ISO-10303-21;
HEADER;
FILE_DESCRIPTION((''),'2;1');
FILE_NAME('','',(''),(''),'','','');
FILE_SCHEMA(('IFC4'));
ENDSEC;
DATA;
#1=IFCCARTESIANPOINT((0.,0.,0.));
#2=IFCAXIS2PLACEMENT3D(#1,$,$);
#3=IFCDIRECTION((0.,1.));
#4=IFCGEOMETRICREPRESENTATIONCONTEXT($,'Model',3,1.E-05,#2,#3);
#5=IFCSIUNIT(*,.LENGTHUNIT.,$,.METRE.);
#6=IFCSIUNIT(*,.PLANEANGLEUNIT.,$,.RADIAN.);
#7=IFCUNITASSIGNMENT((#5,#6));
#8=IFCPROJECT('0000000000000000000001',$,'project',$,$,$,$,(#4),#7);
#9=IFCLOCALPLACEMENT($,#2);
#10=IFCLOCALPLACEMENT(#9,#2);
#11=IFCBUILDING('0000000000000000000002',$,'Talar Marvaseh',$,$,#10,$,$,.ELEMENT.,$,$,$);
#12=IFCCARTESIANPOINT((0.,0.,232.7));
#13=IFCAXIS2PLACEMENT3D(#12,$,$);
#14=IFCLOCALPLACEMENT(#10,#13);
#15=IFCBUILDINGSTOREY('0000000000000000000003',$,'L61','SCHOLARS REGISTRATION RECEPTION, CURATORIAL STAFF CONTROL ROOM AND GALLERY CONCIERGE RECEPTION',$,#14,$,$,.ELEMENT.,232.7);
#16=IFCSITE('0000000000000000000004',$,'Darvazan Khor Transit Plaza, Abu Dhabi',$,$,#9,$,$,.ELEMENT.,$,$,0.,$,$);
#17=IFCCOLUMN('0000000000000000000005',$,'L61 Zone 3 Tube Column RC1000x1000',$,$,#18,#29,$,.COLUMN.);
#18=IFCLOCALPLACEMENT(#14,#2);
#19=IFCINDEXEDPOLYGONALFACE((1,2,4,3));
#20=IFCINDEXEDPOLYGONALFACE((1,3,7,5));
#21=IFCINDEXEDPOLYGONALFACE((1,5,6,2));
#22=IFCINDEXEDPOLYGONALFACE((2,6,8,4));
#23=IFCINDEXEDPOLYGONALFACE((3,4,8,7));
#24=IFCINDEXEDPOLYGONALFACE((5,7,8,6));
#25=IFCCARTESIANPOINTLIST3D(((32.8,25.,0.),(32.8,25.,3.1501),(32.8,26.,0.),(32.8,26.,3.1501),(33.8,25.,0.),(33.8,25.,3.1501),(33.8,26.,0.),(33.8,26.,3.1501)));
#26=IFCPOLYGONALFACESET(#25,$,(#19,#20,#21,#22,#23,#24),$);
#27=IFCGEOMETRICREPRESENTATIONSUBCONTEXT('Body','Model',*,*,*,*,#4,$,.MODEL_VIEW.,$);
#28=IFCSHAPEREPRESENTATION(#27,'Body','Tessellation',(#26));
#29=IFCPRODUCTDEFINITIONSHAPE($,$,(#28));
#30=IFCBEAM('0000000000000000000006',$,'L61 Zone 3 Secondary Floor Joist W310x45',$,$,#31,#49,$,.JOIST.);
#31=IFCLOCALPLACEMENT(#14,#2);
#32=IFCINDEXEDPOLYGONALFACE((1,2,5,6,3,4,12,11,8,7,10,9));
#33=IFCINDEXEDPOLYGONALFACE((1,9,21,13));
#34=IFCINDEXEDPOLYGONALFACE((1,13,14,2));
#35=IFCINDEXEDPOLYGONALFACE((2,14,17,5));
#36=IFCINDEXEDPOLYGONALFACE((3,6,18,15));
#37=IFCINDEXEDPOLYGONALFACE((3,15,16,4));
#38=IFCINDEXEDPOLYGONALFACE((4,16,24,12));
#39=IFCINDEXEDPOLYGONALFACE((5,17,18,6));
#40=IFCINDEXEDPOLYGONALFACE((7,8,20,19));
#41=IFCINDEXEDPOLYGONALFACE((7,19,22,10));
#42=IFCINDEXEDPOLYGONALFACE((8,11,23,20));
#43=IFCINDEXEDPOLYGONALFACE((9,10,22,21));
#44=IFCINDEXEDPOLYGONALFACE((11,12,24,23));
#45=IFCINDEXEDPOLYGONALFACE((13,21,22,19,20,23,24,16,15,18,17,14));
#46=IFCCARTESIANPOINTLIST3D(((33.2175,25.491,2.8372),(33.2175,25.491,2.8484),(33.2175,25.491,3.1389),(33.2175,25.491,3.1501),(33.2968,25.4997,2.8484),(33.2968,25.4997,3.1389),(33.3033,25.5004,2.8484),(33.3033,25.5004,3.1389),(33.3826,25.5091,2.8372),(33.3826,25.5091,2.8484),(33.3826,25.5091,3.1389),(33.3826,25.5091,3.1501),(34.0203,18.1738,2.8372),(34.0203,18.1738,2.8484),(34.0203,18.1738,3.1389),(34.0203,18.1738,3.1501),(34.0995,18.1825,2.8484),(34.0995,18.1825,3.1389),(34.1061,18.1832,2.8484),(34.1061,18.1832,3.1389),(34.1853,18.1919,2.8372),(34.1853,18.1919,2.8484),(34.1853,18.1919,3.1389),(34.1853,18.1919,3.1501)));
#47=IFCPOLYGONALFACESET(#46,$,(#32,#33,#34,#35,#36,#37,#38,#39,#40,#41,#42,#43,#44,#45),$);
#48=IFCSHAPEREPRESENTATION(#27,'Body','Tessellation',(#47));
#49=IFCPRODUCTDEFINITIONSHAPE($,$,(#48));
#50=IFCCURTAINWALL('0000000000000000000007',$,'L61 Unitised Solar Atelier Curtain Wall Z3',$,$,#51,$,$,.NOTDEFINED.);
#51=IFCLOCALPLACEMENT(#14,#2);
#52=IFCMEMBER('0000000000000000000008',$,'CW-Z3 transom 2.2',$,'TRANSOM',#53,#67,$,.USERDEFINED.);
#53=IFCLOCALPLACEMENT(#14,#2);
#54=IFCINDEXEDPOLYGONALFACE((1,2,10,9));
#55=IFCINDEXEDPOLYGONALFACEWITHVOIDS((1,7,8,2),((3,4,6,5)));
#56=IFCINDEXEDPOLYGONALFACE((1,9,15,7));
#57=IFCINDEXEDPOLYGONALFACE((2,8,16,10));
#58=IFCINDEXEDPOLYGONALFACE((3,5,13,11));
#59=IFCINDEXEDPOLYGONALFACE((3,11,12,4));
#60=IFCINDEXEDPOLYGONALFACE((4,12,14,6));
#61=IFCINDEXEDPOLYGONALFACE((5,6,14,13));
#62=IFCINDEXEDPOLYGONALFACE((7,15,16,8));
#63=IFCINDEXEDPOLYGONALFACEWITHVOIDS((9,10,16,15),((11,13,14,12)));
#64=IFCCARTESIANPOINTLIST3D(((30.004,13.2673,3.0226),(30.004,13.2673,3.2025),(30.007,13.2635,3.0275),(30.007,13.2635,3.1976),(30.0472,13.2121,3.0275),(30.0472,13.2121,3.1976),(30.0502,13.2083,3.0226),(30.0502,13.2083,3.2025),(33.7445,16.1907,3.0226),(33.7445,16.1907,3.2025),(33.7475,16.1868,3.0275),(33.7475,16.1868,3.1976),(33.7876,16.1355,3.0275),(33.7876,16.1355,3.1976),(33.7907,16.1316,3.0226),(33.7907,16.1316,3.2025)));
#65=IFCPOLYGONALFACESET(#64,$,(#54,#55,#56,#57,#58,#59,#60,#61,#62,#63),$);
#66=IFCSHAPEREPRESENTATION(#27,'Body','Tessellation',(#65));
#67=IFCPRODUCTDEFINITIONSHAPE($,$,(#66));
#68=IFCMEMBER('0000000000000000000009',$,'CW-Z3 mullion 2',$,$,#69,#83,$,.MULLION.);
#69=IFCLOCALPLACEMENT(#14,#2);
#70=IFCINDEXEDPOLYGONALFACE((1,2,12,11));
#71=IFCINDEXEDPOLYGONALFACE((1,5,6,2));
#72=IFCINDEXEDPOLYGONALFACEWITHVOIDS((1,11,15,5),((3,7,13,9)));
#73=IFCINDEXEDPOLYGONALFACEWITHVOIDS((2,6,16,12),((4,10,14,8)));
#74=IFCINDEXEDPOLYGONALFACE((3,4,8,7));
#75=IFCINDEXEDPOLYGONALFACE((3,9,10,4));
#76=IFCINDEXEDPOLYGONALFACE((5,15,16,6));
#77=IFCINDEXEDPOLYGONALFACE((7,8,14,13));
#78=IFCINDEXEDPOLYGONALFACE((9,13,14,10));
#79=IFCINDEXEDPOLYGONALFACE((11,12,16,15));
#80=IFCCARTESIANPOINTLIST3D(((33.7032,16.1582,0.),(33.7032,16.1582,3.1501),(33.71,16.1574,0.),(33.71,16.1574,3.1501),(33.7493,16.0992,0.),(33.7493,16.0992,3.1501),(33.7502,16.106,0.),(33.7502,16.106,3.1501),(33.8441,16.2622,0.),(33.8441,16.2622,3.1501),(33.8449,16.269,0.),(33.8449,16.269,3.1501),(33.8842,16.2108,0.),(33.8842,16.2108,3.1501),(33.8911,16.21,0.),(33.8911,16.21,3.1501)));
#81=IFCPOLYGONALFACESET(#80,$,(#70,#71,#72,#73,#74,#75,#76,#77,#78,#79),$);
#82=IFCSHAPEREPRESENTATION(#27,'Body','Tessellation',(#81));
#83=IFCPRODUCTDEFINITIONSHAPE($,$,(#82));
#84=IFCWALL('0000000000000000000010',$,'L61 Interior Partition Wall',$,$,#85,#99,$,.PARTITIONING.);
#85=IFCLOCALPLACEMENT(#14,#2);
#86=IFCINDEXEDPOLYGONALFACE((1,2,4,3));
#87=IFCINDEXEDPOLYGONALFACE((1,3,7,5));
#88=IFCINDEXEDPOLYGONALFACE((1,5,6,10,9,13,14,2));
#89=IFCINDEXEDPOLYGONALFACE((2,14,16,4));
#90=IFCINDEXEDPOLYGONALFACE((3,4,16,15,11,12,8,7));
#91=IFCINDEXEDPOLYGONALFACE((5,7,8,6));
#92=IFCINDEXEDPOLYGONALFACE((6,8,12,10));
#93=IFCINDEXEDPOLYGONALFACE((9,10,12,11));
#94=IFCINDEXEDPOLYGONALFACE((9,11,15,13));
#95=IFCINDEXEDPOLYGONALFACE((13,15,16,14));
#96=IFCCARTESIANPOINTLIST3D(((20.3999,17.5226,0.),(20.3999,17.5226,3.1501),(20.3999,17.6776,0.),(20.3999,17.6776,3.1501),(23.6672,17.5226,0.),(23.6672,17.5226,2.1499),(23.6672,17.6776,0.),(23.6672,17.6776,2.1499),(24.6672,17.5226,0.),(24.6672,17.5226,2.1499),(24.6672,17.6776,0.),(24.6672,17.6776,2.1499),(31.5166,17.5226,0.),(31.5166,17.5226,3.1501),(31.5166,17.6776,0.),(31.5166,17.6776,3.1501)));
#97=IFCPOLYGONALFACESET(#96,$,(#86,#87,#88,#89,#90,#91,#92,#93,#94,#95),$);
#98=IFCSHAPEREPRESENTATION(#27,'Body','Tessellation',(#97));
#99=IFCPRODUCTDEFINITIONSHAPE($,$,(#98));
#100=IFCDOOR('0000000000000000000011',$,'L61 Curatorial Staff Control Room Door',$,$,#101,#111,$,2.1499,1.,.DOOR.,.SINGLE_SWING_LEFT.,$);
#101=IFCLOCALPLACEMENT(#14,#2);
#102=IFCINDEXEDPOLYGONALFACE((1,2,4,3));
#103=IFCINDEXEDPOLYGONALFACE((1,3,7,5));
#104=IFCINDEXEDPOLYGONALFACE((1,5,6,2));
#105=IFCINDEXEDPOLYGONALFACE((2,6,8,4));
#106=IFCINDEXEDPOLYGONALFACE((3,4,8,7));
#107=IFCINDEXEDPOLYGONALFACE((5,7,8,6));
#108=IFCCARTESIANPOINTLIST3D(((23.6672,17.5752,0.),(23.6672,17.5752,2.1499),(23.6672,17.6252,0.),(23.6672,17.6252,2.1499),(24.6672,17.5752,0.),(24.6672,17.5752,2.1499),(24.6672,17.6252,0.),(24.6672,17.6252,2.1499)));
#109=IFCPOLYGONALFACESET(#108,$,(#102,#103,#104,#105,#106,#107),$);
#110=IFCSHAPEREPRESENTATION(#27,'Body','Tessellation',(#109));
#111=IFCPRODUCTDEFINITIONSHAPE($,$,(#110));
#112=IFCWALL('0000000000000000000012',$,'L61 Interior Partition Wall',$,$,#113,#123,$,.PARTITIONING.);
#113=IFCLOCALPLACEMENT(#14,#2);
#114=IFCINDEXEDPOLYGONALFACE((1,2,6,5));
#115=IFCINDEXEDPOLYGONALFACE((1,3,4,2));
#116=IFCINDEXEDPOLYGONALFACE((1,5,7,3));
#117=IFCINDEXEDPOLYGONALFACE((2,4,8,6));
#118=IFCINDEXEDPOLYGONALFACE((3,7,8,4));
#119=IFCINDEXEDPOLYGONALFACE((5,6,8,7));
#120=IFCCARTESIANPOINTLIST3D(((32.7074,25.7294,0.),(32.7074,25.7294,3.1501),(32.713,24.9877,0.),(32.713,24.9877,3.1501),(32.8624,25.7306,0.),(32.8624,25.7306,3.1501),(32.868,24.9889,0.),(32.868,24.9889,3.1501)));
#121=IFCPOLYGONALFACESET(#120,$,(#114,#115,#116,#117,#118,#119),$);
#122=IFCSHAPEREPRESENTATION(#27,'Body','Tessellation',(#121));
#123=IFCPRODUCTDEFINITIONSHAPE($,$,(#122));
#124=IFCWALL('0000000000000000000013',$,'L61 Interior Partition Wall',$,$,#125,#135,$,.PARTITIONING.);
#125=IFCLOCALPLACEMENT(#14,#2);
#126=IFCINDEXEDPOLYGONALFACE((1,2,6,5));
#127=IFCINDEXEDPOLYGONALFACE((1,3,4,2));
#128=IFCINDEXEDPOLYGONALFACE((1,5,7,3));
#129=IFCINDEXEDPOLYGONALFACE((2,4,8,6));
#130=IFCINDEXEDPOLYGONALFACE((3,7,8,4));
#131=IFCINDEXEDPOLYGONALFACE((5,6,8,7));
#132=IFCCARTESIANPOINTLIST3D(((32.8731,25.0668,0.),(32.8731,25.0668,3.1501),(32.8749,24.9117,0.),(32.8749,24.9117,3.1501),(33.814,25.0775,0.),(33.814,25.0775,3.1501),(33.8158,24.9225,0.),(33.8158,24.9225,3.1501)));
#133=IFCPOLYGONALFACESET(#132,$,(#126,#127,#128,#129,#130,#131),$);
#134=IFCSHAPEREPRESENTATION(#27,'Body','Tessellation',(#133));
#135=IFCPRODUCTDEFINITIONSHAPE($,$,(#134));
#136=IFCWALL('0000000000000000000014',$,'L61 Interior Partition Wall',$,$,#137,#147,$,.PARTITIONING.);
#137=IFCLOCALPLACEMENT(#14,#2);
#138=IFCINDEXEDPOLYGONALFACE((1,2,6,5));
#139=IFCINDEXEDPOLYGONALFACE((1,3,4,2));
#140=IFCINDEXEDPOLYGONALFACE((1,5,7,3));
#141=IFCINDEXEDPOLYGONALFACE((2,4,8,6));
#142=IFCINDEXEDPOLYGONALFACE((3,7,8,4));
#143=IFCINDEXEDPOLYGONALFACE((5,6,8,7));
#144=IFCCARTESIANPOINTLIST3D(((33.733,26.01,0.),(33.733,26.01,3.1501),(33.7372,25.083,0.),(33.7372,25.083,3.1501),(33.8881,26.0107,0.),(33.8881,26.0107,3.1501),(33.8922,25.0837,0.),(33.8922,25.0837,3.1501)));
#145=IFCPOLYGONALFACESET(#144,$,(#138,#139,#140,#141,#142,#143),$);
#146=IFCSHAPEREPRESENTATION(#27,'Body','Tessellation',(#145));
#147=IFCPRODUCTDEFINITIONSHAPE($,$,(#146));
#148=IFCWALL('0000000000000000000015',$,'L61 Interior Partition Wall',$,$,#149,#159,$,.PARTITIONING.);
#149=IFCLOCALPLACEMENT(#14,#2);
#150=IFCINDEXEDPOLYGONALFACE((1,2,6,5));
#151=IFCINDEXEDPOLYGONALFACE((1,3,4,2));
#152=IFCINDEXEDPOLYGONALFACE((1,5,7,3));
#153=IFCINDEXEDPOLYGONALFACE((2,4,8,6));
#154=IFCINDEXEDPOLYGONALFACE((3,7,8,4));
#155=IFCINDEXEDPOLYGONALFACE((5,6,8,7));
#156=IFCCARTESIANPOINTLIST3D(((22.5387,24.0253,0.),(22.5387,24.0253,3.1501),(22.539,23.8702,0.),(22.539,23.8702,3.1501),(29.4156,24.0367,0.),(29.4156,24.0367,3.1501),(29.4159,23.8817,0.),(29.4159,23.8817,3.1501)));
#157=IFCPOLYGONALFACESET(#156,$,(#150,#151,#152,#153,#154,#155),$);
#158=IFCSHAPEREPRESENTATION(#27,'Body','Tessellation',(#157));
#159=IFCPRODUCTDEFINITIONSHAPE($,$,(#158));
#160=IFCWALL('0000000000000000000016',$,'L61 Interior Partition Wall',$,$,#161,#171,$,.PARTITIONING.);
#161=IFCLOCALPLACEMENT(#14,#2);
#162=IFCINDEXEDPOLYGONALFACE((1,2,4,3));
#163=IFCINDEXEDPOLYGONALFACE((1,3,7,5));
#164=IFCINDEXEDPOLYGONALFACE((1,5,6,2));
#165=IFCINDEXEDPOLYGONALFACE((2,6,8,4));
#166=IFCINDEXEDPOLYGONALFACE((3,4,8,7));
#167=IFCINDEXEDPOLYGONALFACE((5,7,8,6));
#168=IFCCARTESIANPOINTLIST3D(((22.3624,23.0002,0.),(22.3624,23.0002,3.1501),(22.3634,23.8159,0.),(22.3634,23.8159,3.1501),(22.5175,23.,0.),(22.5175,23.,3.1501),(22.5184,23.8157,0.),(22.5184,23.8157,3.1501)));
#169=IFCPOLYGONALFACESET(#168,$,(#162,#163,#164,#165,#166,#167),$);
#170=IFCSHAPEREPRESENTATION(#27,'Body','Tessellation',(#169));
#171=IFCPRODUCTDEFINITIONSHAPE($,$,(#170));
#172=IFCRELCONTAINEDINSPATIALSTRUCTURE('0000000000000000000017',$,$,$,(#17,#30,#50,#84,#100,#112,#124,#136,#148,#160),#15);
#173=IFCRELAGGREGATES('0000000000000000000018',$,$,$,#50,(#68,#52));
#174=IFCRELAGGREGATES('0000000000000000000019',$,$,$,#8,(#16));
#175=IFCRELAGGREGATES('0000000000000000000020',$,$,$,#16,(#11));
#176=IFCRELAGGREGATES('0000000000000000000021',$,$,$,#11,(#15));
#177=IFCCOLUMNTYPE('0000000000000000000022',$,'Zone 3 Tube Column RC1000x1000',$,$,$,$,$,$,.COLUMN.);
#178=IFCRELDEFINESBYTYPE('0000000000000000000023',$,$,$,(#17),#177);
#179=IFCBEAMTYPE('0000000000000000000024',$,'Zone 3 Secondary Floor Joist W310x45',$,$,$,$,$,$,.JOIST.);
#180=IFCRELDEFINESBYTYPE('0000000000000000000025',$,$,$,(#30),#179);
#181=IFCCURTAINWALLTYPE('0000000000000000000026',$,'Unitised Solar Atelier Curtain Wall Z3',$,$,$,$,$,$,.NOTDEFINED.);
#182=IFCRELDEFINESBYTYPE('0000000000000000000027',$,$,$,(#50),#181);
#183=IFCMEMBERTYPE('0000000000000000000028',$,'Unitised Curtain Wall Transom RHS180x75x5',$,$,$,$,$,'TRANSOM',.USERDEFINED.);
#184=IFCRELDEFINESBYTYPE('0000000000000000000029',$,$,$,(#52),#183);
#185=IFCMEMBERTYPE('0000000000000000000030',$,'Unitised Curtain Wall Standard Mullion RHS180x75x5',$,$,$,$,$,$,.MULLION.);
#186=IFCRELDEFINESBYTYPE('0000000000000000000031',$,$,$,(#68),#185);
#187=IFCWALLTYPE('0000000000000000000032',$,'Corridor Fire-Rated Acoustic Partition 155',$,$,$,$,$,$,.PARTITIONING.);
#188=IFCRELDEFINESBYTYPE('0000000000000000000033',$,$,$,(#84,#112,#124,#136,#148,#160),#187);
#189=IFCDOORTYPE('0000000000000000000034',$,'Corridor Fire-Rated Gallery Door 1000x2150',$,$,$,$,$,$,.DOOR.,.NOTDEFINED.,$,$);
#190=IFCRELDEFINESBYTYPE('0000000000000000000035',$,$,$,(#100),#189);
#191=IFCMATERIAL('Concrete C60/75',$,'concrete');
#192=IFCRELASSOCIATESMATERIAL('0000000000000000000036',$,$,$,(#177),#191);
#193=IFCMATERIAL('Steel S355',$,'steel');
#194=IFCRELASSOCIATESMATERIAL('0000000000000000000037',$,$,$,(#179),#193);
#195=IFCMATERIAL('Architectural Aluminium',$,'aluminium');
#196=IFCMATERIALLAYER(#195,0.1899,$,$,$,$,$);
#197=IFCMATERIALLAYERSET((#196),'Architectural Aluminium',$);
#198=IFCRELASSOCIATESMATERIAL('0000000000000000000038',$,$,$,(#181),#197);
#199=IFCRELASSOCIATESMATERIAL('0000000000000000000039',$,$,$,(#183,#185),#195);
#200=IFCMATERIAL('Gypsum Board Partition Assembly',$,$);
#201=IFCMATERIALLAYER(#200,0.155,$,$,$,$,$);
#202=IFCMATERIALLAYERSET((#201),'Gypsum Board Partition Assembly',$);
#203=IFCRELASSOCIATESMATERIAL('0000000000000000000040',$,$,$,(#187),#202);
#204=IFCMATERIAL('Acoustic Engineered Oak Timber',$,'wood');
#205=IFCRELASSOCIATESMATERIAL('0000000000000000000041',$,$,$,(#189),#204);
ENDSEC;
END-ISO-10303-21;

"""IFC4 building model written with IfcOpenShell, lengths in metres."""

from ifc_helpers import new_model, si_unit, direction, frame, frame_2d, origin, origin_2d, place, context, subcontext, project, spatial, rectangle, hollow_rectangle, i_section, extrude, source, transform, mapped, material, layer, layer_set, material_profile, profile_set, type_object, type_shapes, element, fill, aggregate, save


model = new_model("IFC4")

# Units and contexts
model_context = context("Model", 3, precision=1e-05, world=origin(), true_north=direction((0.0, 1.0)))
body_context = subcontext(model_context, "Body", "Model", "MODEL_VIEW")
ifc_project = project(units=[si_unit("LENGTHUNIT", "METRE"), si_unit("PLANEANGLEUNIT", "RADIAN")], contexts=[model_context])

# Site, building, storey
site_placement = place(None, origin())
site = spatial("IfcSite", under=ifc_project, at=site_placement, Name="Darvazan Khor Transit Plaza, Abu Dhabi", CompositionType="ELEMENT", RefElevation=0.0)
building_placement = place(site_placement, origin())
building = spatial("IfcBuilding", under=site, at=building_placement, Name="Talar Marvaseh", CompositionType="ELEMENT")
storey_placement = place(building_placement, frame((0.0, 0.0, 232.7)))
storey = spatial("IfcBuildingStorey", under=building, at=storey_placement, Name="L61", Description="SCHOLARS REGISTRATION RECEPTION, CURATORIAL STAFF CONTROL ROOM AND GALLERY CONCIERGE RECEPTION", CompositionType="ELEMENT", Elevation=232.7)

# Column
ifc_material_1 = material(Name="Concrete C60/75", Category="concrete")
ifc_material_profile_1 = material_profile(ifc_material_1, rectangle(XDim=1.0, YDim=1.0, at=origin_2d()), Name="RC1000x1000")
ifc_profile_set_1 = profile_set([ifc_material_profile_1], Name="Concrete C60/75")
column_type = type_object("IfcColumnType", Name="Zone 3 Tube Column RC1000x1000", PredefinedType="COLUMN", material=ifc_profile_set_1)
column_placement = place(storey_placement, frame((33.3, 25.5, 0.0), z_axis=(0.0, 0.0, 1.0), x_axis=(1.0, 0.0, 0.0)))
element("IfcColumn", 1, at=column_placement, inside=storey, type_object=column_type, Name="L61 Zone 3 Tube Column RC1000x1000", PredefinedType="COLUMN", context=body_context, shape_type="SweptSolid", body=[
    extrude(rectangle(XDim=1.0, YDim=1.0, at=origin_2d()), origin(), (0.0, 0.0, 1.0), 3.1501),
])

# Beam
ifc_material_2 = material(Name="Steel S355", Category="steel")
ifc_material_profile_2 = material_profile(ifc_material_2, i_section(OverallWidth=0.166, OverallDepth=0.313, WebThickness=0.0066, FlangeThickness=0.0112, at=origin_2d()), Name="W310x45")
ifc_profile_set_2 = profile_set([ifc_material_profile_2], Name="Steel S355")
beam_type = type_object("IfcBeamType", Name="Zone 3 Secondary Floor Joist W310x45", PredefinedType="JOIST", material=ifc_profile_set_2)
beam_placement = place(storey_placement, frame((34.1028, 18.1829, 2.9937), z_axis=(-0.109052, 0.994036, 0.0), x_axis=(-0.994036, -0.109052, 0.0)))
element("IfcBeam", 2, at=beam_placement, inside=storey, type_object=beam_type, Name="L61 Zone 3 Secondary Floor Joist W310x45", PredefinedType="JOIST", context=body_context, shape_type="SweptSolid", body=[
    extrude(i_section(OverallWidth=0.166, OverallDepth=0.313, WebThickness=0.0066, FlangeThickness=0.0112, at=origin_2d()), origin(), (0.0, 0.0, 1.0), 7.3611),
])

# Curtain wall, members
ifc_material_3 = material(Name="Architectural Aluminium", Category="aluminium")
ifc_layer_1 = layer(ifc_material_3, 0.1899)
ifc_layer_set_1 = layer_set([ifc_layer_1], Name="Architectural Aluminium")
curtain_wall_type = type_object("IfcCurtainWallType", Name="Unitised Solar Atelier Curtain Wall Z3", PredefinedType="NOTDEFINED", material=ifc_layer_set_1)
curtain_wall_placement = place(storey_placement, origin())
curtain_wall = element("IfcCurtainWall", 3, at=curtain_wall_placement, inside=storey, type_object=curtain_wall_type, Name="L61 Unitised Solar Atelier Curtain Wall Z3", PredefinedType="NOTDEFINED")
ifc_material_profile_3 = material_profile(ifc_material_3, hollow_rectangle(XDim=0.075, YDim=0.1799, WallThickness=0.0049, at=origin_2d()), Name="RHS180x75x5")
ifc_profile_set_3 = profile_set([ifc_material_profile_3], Name="Architectural Aluminium")
member_type_1 = type_object("IfcMemberType", Name="Unitised Curtain Wall Transom RHS180x75x5", ElementType="TRANSOM", PredefinedType="USERDEFINED", material=ifc_profile_set_3)
shared_shape_1 = source(origin(), body_context, "Body", "SweptSolid", [
    extrude(hollow_rectangle(XDim=0.075, YDim=0.1799, WallThickness=0.0049, at=origin_2d()), origin(), (0.0, 0.0, 1.0), 4.7473),
])
type_shapes(member_type_1, [shared_shape_1])
member_1_placement = place(storey_placement, frame((33.7676, 16.1611, 3.1125), z_axis=(-0.787913, -0.615787, 0.0), x_axis=(0.615787, -0.787913, 0.0)))
member_1 = element("IfcMember", 4, at=member_1_placement, type_object=member_type_1, Name="CW-Z3 transom 2.2", ObjectType="TRANSOM", PredefinedType="USERDEFINED", context=body_context, shape_type="MappedRepresentation", body=[
    mapped(shared_shape_1, transform((0.0, 0.0, 0.0), x_axis=(1.0, 0.0, 0.0), y_axis=(0.0, 1.0, 0.0), z_axis=(0.0, 0.0, 1.0), scale=1.0)),
])
ifc_material_profile_4 = material_profile(ifc_material_3, hollow_rectangle(XDim=0.075, YDim=0.1799, WallThickness=0.0049, at=origin_2d()), Name="RHS180x75x5")
ifc_profile_set_4 = profile_set([ifc_material_profile_4], Name="Architectural Aluminium")
member_type_2 = type_object("IfcMemberType", Name="Unitised Curtain Wall Standard Mullion RHS180x75x5", PredefinedType="MULLION", material=ifc_profile_set_4)
shared_shape_2 = source(origin(), body_context, "Body", "SweptSolid", [
    extrude(hollow_rectangle(XDim=0.075, YDim=0.1799, WallThickness=0.0049, at=origin_2d()), origin(), (0.0, 0.0, 1.0), 3.1501),
])
type_shapes(member_type_2, [shared_shape_2])
member_2_placement = place(storey_placement, frame((33.7971, 16.1841, 0.0), z_axis=(0.0, 0.0, 1.0), x_axis=(0.615784, -0.787915, 0.0)))
member_2 = element("IfcMember", 5, at=member_2_placement, type_object=member_type_2, Name="CW-Z3 mullion 2", PredefinedType="MULLION", context=body_context, shape_type="MappedRepresentation", body=[
    mapped(shared_shape_2, transform((0.0, 0.0, 0.0), x_axis=(1.0, 0.0, 0.0), y_axis=(0.0, 1.0, 0.0), z_axis=(0.0, 0.0, 1.0), scale=1.0)),
])
aggregate(curtain_wall, [member_2, member_1])

# Wall, opening, door
ifc_material_4 = material(Name="Gypsum Board Partition Assembly")
ifc_layer_2 = layer(ifc_material_4, 0.155)
ifc_layer_set_2 = layer_set([ifc_layer_2], Name="Gypsum Board Partition Assembly")
wall_type_1 = type_object("IfcWallType", Name="Corridor Fire-Rated Acoustic Partition 155", PredefinedType="PARTITIONING", material=ifc_layer_set_2)
ifc_material_5 = material(Name="Acoustic Engineered Oak Timber", Category="wood")
door_type = type_object("IfcDoorType", Name="Corridor Fire-Rated Gallery Door 1000x2150", OperationType="NOTDEFINED", PredefinedType="DOOR", material=ifc_material_5)
shared_shape_3 = source(origin(), body_context, "Body", "SweptSolid", [
    extrude(rectangle(XDim=1.0, YDim=2.1499, at=frame_2d((0.5, 1.075))), frame((0.0, 0.0249, 0.0), z_axis=(0.0, -1.0, 0.0), x_axis=(1.0, 0.0, 0.0)), (0.0, 0.0, 1.0), 0.05),
])
type_shapes(door_type, [shared_shape_3])
wall_1_placement = place(storey_placement, frame((31.5166, 17.6001, 0.0), z_axis=(0.0, 0.0, 1.0), x_axis=(-1.0, 0.0, 0.0)))
wall_1 = element("IfcWall", 6, at=wall_1_placement, inside=storey, type_object=wall_type_1, Name="L61 Interior Partition Wall", PredefinedType="PARTITIONING", context=body_context, shape_type="SweptSolid", body=[
    extrude(rectangle(XDim=11.1167, YDim=0.155, at=frame_2d((5.5583, 0.0))), origin(), (0.0, 0.0, 1.0), 3.1501),
])
opening_1_placement = place(wall_1_placement, frame((6.8494, 0.0, 0.0)))
opening_1 = element("IfcOpeningElement", 7, at=opening_1_placement, cuts=wall_1, PredefinedType="OPENING", context=body_context, shape_type="SweptSolid", body=[
    extrude(rectangle(XDim=1.0, YDim=2.1499, at=frame_2d((0.5, 1.075))), frame((0.0, 0.0874, 0.0), z_axis=(0.0, -1.0, 0.0), x_axis=(1.0, 0.0, 0.0)), (0.0, 0.0, 1.0), 0.175),
])
door_1_placement = place(opening_1_placement, origin())
door_1 = element("IfcDoor", 8, at=door_1_placement, inside=storey, type_object=door_type, Name="L61 Curatorial Staff Control Room Door", OperationType="SINGLE_SWING_LEFT", OverallHeight=2.1499, OverallWidth=1.0, PredefinedType="DOOR", context=body_context, shape_type="MappedRepresentation", body=[
    mapped(shared_shape_3, transform((0.0, 0.0, 0.0), x_axis=(1.0, 0.0, 0.0), y_axis=(0.0, 1.0, 0.0), z_axis=(0.0, 0.0, 1.0), scale=1.0)),
])
fill(opening_1, door_1)

# Walls
wall_2_placement = place(storey_placement, frame((32.7849, 25.73, 0.0), z_axis=(0.0, 0.0, 1.0), x_axis=(0.007571, -0.999971, 0.0)))
element("IfcWall", 9, at=wall_2_placement, inside=storey, type_object=wall_type_1, Name="L61 Interior Partition Wall", PredefinedType="PARTITIONING", context=body_context, shape_type="SweptSolid", body=[
    extrude(rectangle(XDim=0.7417, YDim=0.155, at=frame_2d((0.3708, 0.0))), origin(), (0.0, 0.0, 1.0), 3.1501),
])
wall_3_placement = place(storey_placement, frame((32.874, 24.9893, 0.0), z_axis=(0.0, 0.0, 1.0), x_axis=(0.999935, 0.011416, 0.0)))
element("IfcWall", 10, at=wall_3_placement, inside=storey, type_object=wall_type_1, Name="L61 Interior Partition Wall", PredefinedType="PARTITIONING", context=body_context, shape_type="SweptSolid", body=[
    extrude(rectangle(XDim=0.9409, YDim=0.155, at=frame_2d((0.4705, 0.0))), origin(), (0.0, 0.0, 1.0), 3.1501),
])
wall_4_placement = place(storey_placement, frame((33.8147, 25.0835, 0.0), z_axis=(0.0, 0.0, 1.0), x_axis=(-0.004477, 0.99999, 0.0)))
element("IfcWall", 11, at=wall_4_placement, inside=storey, type_object=wall_type_1, Name="L61 Interior Partition Wall", PredefinedType="PARTITIONING", context=body_context, shape_type="SweptSolid", body=[
    extrude(rectangle(XDim=0.927, YDim=0.155, at=frame_2d((0.4634, 0.0))), origin(), (0.0, 0.0, 1.0), 3.1501),
])
wall_5_placement = place(storey_placement, frame((29.4158, 23.9592, 0.0), z_axis=(0.0, 0.0, 1.0), x_axis=(-0.999999, -0.001669, 0.0)))
element("IfcWall", 12, at=wall_5_placement, inside=storey, type_object=wall_type_1, Name="L61 Interior Partition Wall", PredefinedType="PARTITIONING", context=body_context, shape_type="SweptSolid", body=[
    extrude(rectangle(XDim=6.877, YDim=0.155, at=frame_2d((3.4385, 0.0))), origin(), (0.0, 0.0, 1.0), 3.1501),
])
wall_6_placement = place(storey_placement, frame((22.4409, 23.8157, 0.0), z_axis=(0.0, 0.0, 1.0), x_axis=(-0.001197, -0.999999, 0.0)))
element("IfcWall", 13, at=wall_6_placement, inside=storey, type_object=wall_type_1, Name="L61 Interior Partition Wall", PredefinedType="PARTITIONING", context=body_context, shape_type="SweptSolid", body=[
    extrude(rectangle(XDim=0.8157, YDim=0.155, at=frame_2d((0.4077, 0.0))), origin(), (0.0, 0.0, 1.0), 3.1501),
])

save(model, "model.ifc")
